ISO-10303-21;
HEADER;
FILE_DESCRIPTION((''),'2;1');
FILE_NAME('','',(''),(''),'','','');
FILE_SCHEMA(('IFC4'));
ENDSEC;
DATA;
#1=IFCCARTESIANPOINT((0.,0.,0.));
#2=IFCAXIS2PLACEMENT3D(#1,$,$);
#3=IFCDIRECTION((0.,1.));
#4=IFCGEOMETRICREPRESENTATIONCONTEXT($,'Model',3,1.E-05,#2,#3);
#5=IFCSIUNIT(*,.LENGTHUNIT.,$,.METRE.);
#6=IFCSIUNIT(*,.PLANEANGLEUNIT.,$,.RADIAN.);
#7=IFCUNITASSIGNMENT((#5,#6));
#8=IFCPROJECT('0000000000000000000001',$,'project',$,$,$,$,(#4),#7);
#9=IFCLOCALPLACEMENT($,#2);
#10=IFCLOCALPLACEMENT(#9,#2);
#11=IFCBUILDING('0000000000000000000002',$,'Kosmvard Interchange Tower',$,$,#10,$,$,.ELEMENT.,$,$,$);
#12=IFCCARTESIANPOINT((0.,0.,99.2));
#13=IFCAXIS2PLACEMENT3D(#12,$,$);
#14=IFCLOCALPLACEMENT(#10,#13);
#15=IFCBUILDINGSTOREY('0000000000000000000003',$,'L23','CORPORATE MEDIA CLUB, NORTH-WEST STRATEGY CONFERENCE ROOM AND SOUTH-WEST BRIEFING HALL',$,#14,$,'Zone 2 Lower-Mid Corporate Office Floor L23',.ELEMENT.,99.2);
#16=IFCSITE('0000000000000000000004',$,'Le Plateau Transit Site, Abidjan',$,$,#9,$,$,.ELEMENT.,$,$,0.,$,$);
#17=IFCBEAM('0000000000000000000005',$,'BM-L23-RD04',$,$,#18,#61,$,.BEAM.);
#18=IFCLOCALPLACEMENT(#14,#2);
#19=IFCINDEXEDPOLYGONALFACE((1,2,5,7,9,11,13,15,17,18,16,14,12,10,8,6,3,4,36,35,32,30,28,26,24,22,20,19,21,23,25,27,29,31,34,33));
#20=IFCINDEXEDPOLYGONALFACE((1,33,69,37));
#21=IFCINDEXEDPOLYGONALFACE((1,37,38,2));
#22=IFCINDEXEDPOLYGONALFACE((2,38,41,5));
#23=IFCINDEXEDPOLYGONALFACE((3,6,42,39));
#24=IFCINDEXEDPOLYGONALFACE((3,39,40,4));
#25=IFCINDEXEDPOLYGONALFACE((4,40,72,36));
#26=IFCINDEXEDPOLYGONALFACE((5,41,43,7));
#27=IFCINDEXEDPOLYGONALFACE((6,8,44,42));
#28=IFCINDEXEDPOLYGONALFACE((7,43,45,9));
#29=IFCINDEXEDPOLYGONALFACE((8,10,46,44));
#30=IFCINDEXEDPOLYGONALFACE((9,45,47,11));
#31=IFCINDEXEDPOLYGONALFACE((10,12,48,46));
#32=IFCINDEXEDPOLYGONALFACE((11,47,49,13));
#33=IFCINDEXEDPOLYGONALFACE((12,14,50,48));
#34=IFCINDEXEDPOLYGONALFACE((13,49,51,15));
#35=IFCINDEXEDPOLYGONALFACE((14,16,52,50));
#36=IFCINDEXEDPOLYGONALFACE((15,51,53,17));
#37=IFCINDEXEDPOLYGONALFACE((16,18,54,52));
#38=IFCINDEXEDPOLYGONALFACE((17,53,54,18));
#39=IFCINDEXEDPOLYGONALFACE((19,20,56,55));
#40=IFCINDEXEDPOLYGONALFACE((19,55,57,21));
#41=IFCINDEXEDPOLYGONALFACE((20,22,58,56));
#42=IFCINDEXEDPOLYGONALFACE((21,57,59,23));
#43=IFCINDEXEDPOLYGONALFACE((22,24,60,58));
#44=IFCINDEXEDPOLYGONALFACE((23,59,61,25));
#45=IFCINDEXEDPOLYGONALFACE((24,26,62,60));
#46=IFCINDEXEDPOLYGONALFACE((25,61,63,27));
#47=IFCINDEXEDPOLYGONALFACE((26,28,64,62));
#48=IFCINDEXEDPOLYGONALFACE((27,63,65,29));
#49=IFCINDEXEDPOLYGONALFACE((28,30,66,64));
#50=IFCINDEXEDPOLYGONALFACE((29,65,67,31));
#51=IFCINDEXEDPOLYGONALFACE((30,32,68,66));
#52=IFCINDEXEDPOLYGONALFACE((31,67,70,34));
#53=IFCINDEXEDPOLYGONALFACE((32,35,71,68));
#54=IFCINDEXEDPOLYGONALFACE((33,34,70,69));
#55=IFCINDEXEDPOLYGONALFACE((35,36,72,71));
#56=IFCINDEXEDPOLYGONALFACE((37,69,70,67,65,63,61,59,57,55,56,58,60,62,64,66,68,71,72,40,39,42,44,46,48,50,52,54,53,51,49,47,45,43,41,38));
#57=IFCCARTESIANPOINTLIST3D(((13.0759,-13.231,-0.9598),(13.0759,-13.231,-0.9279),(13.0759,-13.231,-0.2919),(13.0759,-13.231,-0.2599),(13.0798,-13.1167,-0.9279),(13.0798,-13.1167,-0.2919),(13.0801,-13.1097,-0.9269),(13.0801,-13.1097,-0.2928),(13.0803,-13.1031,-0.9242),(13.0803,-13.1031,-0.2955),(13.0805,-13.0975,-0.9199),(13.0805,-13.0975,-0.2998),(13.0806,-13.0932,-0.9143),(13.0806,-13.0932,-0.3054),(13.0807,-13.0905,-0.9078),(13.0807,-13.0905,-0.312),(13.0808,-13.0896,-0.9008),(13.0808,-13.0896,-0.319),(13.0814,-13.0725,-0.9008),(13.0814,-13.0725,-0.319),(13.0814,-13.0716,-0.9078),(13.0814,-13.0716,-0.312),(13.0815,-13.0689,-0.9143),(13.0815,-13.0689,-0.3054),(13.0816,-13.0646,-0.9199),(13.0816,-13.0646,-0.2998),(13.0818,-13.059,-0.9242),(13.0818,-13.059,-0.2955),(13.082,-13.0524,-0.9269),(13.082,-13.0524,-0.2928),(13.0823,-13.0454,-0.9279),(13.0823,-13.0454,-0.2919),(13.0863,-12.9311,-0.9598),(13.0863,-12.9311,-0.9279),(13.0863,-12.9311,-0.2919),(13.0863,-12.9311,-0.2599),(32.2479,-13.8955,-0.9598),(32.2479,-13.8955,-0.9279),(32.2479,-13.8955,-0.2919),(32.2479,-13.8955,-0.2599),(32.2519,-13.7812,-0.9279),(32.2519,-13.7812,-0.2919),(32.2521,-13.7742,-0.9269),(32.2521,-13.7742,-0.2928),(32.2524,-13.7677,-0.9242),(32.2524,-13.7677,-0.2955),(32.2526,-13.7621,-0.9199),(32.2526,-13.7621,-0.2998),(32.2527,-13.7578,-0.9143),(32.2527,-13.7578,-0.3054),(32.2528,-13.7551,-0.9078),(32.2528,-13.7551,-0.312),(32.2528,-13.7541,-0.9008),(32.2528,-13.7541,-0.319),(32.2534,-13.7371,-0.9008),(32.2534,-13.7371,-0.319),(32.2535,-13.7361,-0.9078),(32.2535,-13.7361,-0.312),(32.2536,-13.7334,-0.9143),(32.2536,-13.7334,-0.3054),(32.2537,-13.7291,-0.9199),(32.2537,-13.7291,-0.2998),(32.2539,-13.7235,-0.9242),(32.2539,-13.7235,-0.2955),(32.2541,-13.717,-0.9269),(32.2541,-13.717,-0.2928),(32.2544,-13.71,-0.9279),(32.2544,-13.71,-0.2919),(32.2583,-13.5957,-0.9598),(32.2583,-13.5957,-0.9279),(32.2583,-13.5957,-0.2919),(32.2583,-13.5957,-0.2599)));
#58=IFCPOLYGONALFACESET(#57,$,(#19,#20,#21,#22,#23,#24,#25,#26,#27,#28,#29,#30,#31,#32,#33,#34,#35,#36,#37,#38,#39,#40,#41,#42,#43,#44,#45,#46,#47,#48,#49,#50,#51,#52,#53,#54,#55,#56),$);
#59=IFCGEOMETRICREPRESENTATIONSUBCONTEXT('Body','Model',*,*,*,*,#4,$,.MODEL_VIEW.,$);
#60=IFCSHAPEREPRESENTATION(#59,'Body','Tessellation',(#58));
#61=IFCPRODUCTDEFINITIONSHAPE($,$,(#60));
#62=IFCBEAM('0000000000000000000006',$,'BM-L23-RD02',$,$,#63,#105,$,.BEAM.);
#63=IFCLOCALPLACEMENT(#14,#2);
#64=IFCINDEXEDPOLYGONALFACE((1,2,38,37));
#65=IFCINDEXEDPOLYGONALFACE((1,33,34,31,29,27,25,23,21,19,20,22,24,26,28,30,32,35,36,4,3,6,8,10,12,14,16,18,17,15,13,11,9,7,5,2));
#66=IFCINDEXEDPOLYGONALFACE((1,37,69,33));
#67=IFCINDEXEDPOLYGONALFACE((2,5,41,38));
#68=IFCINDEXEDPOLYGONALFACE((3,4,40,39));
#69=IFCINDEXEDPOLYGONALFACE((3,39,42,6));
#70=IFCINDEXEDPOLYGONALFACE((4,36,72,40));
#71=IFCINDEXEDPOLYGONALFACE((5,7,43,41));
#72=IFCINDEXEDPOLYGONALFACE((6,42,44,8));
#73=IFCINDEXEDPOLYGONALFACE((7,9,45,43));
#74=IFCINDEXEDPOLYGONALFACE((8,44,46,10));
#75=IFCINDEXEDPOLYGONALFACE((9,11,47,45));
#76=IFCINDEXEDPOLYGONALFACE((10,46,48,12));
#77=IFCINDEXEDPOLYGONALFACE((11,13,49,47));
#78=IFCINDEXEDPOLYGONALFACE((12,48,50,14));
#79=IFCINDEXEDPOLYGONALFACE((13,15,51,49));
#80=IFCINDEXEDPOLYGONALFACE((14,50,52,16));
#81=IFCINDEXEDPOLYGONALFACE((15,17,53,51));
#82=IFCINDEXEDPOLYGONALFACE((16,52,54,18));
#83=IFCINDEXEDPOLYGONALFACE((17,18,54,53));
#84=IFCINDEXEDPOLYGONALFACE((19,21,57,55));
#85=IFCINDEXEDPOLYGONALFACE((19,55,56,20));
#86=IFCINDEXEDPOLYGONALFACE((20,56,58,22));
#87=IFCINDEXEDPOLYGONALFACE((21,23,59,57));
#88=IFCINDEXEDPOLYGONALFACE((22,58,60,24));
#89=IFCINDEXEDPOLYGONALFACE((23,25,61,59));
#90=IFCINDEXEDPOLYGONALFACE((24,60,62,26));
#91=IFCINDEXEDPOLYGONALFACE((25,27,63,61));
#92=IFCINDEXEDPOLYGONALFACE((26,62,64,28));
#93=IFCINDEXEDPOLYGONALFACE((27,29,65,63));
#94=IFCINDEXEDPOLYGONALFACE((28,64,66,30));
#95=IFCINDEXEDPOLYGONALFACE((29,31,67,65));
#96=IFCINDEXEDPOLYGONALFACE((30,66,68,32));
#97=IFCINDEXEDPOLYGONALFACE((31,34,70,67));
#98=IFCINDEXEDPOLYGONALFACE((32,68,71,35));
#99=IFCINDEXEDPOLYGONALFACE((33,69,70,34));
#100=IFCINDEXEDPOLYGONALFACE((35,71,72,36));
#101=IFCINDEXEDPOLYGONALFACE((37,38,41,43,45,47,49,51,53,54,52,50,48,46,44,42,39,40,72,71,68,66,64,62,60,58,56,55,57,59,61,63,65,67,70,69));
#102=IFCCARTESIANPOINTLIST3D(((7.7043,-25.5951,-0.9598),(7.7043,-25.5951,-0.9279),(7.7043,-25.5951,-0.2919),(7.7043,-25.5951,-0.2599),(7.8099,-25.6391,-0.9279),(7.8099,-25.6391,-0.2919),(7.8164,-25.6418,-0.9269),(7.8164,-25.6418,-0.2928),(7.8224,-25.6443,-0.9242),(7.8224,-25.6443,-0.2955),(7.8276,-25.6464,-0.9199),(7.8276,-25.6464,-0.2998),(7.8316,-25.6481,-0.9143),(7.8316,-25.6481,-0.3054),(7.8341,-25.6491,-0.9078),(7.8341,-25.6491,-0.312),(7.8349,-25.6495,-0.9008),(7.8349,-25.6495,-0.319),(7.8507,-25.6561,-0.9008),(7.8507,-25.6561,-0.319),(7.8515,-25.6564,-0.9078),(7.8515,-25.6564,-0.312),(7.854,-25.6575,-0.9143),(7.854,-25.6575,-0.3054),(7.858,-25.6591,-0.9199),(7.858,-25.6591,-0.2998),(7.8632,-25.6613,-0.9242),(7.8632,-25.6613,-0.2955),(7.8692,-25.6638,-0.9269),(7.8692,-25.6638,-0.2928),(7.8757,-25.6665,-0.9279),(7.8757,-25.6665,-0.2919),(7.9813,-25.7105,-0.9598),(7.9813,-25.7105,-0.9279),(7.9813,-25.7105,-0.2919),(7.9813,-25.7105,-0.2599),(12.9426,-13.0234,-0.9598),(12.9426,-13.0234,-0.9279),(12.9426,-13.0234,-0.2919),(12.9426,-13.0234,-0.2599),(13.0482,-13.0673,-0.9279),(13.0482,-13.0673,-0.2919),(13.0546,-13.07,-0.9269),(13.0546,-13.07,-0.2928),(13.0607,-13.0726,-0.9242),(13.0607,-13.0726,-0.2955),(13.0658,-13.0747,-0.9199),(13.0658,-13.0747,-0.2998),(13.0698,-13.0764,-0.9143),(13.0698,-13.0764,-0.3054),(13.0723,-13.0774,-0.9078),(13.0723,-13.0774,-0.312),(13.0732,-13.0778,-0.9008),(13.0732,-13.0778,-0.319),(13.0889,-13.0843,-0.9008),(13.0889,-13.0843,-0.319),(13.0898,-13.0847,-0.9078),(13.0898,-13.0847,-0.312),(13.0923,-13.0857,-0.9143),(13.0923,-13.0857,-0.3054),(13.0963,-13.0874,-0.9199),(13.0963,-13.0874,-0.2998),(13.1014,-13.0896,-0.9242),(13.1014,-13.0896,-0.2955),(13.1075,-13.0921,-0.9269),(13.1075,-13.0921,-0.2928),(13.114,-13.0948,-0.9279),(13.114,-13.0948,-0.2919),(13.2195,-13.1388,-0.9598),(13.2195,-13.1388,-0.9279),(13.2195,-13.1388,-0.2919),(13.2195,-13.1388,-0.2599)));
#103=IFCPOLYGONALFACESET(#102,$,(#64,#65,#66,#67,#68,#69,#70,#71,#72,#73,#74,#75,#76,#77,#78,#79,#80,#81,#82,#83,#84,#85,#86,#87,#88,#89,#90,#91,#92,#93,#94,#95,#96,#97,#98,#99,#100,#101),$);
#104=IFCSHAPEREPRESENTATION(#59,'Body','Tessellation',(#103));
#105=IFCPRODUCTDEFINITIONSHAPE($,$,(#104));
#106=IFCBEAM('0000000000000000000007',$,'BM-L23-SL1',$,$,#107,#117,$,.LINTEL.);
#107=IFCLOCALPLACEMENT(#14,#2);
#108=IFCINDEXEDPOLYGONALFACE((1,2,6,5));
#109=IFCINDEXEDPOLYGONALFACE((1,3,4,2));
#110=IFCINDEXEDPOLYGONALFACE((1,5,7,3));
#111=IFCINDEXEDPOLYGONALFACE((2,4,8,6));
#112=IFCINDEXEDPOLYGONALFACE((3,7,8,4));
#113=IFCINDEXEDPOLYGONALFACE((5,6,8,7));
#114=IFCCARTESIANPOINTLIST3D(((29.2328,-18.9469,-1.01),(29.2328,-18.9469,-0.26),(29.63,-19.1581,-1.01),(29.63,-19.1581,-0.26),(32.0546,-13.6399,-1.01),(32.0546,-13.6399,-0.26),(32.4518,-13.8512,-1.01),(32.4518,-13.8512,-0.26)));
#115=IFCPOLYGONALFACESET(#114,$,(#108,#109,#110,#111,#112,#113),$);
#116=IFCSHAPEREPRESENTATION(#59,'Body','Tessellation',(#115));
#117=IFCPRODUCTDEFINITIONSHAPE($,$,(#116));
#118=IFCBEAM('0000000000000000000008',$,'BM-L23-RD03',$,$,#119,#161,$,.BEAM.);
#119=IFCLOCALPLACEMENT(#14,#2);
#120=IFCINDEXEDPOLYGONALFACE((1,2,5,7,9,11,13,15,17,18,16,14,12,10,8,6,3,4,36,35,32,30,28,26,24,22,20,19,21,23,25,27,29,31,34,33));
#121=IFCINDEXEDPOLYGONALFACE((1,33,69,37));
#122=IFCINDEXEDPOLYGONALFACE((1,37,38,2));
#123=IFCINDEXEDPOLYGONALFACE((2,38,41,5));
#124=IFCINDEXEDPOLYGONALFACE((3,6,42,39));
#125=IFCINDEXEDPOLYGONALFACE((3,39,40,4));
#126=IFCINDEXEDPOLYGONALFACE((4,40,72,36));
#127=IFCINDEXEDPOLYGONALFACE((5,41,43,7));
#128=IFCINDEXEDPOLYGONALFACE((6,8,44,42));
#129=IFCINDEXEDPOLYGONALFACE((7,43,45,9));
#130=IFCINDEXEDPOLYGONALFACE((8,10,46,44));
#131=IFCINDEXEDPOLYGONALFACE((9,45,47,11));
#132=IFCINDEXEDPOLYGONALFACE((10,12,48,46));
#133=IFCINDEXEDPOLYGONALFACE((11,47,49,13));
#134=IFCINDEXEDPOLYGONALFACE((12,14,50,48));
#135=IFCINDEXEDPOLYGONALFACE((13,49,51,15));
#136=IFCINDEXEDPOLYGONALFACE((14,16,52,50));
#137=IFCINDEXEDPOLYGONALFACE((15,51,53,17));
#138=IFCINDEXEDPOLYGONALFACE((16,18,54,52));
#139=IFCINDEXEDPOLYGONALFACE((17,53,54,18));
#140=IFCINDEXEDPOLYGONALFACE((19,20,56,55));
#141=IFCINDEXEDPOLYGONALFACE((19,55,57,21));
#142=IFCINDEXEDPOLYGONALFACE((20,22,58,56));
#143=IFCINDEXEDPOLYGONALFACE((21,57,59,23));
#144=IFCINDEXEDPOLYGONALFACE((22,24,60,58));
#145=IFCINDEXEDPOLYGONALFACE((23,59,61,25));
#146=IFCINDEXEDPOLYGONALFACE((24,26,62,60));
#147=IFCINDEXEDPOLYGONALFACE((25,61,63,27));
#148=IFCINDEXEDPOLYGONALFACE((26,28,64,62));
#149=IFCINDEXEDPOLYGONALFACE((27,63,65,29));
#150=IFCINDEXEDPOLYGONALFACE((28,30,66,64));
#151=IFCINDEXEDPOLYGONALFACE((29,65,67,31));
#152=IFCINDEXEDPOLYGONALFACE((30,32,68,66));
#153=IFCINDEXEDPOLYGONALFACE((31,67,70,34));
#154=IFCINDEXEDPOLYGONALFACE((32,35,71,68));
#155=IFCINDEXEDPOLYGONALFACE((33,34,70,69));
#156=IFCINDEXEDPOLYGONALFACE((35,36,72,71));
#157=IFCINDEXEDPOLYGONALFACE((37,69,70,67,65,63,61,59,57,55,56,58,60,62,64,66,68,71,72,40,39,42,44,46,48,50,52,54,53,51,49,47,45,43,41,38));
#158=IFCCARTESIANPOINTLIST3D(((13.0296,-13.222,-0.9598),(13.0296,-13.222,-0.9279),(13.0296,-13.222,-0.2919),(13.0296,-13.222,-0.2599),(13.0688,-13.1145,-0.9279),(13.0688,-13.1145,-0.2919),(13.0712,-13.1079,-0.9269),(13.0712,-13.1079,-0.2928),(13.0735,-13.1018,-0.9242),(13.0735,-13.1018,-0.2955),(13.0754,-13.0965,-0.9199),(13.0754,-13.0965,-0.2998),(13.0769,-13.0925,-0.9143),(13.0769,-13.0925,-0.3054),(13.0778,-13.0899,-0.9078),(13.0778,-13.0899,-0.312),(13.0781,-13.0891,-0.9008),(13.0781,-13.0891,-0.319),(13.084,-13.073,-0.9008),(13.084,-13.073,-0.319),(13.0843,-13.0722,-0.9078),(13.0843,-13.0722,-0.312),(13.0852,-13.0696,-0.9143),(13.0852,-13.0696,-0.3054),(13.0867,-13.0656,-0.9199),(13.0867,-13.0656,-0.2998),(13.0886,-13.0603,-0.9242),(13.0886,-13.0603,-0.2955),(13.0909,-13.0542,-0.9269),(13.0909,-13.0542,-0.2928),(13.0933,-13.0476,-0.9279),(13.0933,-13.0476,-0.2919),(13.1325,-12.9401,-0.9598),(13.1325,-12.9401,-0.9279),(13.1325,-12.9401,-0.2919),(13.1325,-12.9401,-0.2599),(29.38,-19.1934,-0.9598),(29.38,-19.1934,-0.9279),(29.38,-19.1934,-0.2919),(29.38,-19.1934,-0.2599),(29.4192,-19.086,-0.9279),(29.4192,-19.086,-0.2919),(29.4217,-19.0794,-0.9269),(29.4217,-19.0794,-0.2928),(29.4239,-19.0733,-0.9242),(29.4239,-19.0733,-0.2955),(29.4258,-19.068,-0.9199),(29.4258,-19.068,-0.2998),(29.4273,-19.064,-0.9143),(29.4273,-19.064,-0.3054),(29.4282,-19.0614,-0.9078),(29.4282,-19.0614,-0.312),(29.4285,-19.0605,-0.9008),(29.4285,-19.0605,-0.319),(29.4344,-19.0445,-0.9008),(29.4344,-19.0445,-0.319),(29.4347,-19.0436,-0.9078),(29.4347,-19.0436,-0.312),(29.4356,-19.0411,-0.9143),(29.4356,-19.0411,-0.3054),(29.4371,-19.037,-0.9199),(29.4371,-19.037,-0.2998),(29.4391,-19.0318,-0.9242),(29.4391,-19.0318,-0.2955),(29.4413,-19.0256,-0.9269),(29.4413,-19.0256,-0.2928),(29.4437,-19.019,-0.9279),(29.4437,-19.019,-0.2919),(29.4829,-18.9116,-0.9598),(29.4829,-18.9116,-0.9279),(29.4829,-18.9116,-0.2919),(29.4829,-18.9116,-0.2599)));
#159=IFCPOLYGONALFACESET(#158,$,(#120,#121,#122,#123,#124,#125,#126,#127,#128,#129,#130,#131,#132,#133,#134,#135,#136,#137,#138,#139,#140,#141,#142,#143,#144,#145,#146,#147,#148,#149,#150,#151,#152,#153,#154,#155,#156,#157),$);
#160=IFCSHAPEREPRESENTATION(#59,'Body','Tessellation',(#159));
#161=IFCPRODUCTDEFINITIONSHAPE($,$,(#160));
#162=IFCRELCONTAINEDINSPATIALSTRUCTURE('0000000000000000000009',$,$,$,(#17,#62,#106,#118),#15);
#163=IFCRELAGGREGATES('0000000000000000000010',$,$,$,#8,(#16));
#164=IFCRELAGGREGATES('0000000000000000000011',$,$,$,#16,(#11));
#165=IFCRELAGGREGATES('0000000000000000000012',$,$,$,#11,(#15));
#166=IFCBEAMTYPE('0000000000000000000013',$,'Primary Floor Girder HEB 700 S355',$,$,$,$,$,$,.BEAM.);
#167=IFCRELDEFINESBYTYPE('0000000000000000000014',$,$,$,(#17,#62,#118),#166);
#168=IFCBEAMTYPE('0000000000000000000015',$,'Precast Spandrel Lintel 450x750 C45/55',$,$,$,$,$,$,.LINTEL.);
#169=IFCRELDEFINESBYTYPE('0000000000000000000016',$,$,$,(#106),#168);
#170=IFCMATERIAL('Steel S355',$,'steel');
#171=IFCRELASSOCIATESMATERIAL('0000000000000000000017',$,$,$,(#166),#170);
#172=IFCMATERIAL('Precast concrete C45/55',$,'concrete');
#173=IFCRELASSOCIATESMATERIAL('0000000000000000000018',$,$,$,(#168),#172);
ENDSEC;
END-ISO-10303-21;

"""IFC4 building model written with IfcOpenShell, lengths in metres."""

from ifc_helpers import new_model, si_unit, direction, frame, origin, origin_2d, place, context, subcontext, project, spatial, rectangle, i_section, extrude, source, transform, mapped, material, material_profile, profile_set, type_object, element, save


model = new_model("IFC4")

# Units and contexts
model_context = context("Model", 3, precision=1e-05, world=origin(), true_north=direction((0.0, 1.0)))
body_context = subcontext(model_context, "Body", "Model", "MODEL_VIEW")
ifc_project = project(units=[si_unit("LENGTHUNIT", "METRE"), si_unit("PLANEANGLEUNIT", "RADIAN")], contexts=[model_context])

# Site, building, storey
site_placement = place(None, origin())
site = spatial("IfcSite", under=ifc_project, at=site_placement, Name="Le Plateau Transit Site, Abidjan", CompositionType="ELEMENT", RefElevation=0.0)
building_placement = place(site_placement, origin())
building = spatial("IfcBuilding", under=site, at=building_placement, Name="Kosmvard Interchange Tower", CompositionType="ELEMENT")
storey_placement = place(building_placement, frame((0.0, 0.0, 99.2)))
storey = spatial("IfcBuildingStorey", under=building, at=storey_placement, Name="L23", Description="CORPORATE MEDIA CLUB, NORTH-WEST STRATEGY CONFERENCE ROOM AND SOUTH-WEST BRIEFING HALL", LongName="Zone 2 Lower-Mid Corporate Office Floor L23", CompositionType="ELEMENT", Elevation=99.2)

# Beams
ifc_material_1 = material(Name="Steel S355", Category="steel")
ifc_material_profile_1 = material_profile(ifc_material_1, i_section(OverallWidth=0.3, OverallDepth=0.7, WebThickness=0.0171, FlangeThickness=0.032, FilletRadius=0.0271, at=origin_2d()), Name="HEB 700")
ifc_profile_set_1 = profile_set([ifc_material_profile_1], Name="Steel S355")
beam_type_1 = type_object("IfcBeamType", Name="Primary Floor Girder HEB 700 S355", PredefinedType="BEAM", material=ifc_profile_set_1)
shared_shape_1 = source(origin(), body_context, "Body", "SweptSolid", [
    extrude(i_section(OverallWidth=0.3, OverallDepth=0.7, WebThickness=0.0171, FlangeThickness=0.032, FilletRadius=0.0271, at=origin_2d()), origin(), (0.0, 0.0, 1.0), 19.1836),
])
beam_1_placement = place(storey_placement, frame((13.0811, -13.0811, -0.6099), z_axis=(0.9994, -0.034642, 0.0), x_axis=(0.034642, 0.9994, 0.0)))
element("IfcBeam", 1, at=beam_1_placement, inside=storey, type_object=beam_type_1, Name="BM-L23-RD04", PredefinedType="BEAM", context=body_context, shape_type="MappedRepresentation", body=[
    mapped(shared_shape_1, transform((0.0, 0.0, 0.0), scale=1.0)),
])
shared_shape_2 = source(origin(), body_context, "Body", "SweptSolid", [
    extrude(i_section(OverallWidth=0.3, OverallDepth=0.7, WebThickness=0.0171, FlangeThickness=0.032, FilletRadius=0.0271, at=origin_2d()), origin(), (0.0, 0.0, 1.0), 13.6194),
])
beam_2_placement = place(storey_placement, frame((13.0811, -13.0811, -0.6099), z_axis=(-0.384618, -0.923076, 0.0), x_axis=(0.923076, -0.384618, 0.0)))
element("IfcBeam", 2, at=beam_2_placement, inside=storey, type_object=beam_type_1, Name="BM-L23-RD02", PredefinedType="BEAM", context=body_context, shape_type="MappedRepresentation", body=[
    mapped(shared_shape_2, transform((0.0, 0.0, 0.0), scale=1.0)),
])
ifc_material_2 = material(Name="Precast concrete C45/55", Category="concrete")
ifc_material_profile_2 = material_profile(ifc_material_2, rectangle(XDim=0.45, YDim=0.75, at=origin_2d()), Name="SL 450x750")
ifc_profile_set_2 = profile_set([ifc_material_profile_2], Name="Precast concrete C45/55")
beam_type_2 = type_object("IfcBeamType", Name="Precast Spandrel Lintel 450x750 C45/55", PredefinedType="LINTEL", material=ifc_profile_set_2)
shared_shape_3 = source(origin(), body_context, "Body", "SweptSolid", [
    extrude(rectangle(XDim=0.45, YDim=0.75, at=origin_2d()), origin(), (0.0, 0.0, 1.0), 6.0105),
])
beam_3_placement = place(storey_placement, frame((29.4314, -19.0525, -0.635), z_axis=(0.469479, 0.882944, 0.0), x_axis=(-0.882944, 0.469479, 0.0)))
element("IfcBeam", 3, at=beam_3_placement, inside=storey, type_object=beam_type_2, Name="BM-L23-SL1", PredefinedType="LINTEL", context=body_context, shape_type="MappedRepresentation", body=[
    mapped(shared_shape_3, transform((0.0, 0.0, 0.0), scale=1.0)),
])
shared_shape_4 = source(origin(), body_context, "Body", "SweptSolid", [
    extrude(i_section(OverallWidth=0.3, OverallDepth=0.7, WebThickness=0.0171, FlangeThickness=0.032, FilletRadius=0.0271, at=origin_2d()), origin(), (0.0, 0.0, 1.0), 17.4067),
])
beam_4_placement = place(storey_placement, frame((13.0811, -13.0811, -0.6099), z_axis=(0.939315, -0.343055, 0.0), x_axis=(0.343055, 0.939315, 0.0)))
element("IfcBeam", 4, at=beam_4_placement, inside=storey, type_object=beam_type_1, Name="BM-L23-RD03", PredefinedType="BEAM", context=body_context, shape_type="MappedRepresentation", body=[
    mapped(shared_shape_4, transform((0.0, 0.0, 0.0), scale=1.0)),
])

save(model, "model.ifc")
